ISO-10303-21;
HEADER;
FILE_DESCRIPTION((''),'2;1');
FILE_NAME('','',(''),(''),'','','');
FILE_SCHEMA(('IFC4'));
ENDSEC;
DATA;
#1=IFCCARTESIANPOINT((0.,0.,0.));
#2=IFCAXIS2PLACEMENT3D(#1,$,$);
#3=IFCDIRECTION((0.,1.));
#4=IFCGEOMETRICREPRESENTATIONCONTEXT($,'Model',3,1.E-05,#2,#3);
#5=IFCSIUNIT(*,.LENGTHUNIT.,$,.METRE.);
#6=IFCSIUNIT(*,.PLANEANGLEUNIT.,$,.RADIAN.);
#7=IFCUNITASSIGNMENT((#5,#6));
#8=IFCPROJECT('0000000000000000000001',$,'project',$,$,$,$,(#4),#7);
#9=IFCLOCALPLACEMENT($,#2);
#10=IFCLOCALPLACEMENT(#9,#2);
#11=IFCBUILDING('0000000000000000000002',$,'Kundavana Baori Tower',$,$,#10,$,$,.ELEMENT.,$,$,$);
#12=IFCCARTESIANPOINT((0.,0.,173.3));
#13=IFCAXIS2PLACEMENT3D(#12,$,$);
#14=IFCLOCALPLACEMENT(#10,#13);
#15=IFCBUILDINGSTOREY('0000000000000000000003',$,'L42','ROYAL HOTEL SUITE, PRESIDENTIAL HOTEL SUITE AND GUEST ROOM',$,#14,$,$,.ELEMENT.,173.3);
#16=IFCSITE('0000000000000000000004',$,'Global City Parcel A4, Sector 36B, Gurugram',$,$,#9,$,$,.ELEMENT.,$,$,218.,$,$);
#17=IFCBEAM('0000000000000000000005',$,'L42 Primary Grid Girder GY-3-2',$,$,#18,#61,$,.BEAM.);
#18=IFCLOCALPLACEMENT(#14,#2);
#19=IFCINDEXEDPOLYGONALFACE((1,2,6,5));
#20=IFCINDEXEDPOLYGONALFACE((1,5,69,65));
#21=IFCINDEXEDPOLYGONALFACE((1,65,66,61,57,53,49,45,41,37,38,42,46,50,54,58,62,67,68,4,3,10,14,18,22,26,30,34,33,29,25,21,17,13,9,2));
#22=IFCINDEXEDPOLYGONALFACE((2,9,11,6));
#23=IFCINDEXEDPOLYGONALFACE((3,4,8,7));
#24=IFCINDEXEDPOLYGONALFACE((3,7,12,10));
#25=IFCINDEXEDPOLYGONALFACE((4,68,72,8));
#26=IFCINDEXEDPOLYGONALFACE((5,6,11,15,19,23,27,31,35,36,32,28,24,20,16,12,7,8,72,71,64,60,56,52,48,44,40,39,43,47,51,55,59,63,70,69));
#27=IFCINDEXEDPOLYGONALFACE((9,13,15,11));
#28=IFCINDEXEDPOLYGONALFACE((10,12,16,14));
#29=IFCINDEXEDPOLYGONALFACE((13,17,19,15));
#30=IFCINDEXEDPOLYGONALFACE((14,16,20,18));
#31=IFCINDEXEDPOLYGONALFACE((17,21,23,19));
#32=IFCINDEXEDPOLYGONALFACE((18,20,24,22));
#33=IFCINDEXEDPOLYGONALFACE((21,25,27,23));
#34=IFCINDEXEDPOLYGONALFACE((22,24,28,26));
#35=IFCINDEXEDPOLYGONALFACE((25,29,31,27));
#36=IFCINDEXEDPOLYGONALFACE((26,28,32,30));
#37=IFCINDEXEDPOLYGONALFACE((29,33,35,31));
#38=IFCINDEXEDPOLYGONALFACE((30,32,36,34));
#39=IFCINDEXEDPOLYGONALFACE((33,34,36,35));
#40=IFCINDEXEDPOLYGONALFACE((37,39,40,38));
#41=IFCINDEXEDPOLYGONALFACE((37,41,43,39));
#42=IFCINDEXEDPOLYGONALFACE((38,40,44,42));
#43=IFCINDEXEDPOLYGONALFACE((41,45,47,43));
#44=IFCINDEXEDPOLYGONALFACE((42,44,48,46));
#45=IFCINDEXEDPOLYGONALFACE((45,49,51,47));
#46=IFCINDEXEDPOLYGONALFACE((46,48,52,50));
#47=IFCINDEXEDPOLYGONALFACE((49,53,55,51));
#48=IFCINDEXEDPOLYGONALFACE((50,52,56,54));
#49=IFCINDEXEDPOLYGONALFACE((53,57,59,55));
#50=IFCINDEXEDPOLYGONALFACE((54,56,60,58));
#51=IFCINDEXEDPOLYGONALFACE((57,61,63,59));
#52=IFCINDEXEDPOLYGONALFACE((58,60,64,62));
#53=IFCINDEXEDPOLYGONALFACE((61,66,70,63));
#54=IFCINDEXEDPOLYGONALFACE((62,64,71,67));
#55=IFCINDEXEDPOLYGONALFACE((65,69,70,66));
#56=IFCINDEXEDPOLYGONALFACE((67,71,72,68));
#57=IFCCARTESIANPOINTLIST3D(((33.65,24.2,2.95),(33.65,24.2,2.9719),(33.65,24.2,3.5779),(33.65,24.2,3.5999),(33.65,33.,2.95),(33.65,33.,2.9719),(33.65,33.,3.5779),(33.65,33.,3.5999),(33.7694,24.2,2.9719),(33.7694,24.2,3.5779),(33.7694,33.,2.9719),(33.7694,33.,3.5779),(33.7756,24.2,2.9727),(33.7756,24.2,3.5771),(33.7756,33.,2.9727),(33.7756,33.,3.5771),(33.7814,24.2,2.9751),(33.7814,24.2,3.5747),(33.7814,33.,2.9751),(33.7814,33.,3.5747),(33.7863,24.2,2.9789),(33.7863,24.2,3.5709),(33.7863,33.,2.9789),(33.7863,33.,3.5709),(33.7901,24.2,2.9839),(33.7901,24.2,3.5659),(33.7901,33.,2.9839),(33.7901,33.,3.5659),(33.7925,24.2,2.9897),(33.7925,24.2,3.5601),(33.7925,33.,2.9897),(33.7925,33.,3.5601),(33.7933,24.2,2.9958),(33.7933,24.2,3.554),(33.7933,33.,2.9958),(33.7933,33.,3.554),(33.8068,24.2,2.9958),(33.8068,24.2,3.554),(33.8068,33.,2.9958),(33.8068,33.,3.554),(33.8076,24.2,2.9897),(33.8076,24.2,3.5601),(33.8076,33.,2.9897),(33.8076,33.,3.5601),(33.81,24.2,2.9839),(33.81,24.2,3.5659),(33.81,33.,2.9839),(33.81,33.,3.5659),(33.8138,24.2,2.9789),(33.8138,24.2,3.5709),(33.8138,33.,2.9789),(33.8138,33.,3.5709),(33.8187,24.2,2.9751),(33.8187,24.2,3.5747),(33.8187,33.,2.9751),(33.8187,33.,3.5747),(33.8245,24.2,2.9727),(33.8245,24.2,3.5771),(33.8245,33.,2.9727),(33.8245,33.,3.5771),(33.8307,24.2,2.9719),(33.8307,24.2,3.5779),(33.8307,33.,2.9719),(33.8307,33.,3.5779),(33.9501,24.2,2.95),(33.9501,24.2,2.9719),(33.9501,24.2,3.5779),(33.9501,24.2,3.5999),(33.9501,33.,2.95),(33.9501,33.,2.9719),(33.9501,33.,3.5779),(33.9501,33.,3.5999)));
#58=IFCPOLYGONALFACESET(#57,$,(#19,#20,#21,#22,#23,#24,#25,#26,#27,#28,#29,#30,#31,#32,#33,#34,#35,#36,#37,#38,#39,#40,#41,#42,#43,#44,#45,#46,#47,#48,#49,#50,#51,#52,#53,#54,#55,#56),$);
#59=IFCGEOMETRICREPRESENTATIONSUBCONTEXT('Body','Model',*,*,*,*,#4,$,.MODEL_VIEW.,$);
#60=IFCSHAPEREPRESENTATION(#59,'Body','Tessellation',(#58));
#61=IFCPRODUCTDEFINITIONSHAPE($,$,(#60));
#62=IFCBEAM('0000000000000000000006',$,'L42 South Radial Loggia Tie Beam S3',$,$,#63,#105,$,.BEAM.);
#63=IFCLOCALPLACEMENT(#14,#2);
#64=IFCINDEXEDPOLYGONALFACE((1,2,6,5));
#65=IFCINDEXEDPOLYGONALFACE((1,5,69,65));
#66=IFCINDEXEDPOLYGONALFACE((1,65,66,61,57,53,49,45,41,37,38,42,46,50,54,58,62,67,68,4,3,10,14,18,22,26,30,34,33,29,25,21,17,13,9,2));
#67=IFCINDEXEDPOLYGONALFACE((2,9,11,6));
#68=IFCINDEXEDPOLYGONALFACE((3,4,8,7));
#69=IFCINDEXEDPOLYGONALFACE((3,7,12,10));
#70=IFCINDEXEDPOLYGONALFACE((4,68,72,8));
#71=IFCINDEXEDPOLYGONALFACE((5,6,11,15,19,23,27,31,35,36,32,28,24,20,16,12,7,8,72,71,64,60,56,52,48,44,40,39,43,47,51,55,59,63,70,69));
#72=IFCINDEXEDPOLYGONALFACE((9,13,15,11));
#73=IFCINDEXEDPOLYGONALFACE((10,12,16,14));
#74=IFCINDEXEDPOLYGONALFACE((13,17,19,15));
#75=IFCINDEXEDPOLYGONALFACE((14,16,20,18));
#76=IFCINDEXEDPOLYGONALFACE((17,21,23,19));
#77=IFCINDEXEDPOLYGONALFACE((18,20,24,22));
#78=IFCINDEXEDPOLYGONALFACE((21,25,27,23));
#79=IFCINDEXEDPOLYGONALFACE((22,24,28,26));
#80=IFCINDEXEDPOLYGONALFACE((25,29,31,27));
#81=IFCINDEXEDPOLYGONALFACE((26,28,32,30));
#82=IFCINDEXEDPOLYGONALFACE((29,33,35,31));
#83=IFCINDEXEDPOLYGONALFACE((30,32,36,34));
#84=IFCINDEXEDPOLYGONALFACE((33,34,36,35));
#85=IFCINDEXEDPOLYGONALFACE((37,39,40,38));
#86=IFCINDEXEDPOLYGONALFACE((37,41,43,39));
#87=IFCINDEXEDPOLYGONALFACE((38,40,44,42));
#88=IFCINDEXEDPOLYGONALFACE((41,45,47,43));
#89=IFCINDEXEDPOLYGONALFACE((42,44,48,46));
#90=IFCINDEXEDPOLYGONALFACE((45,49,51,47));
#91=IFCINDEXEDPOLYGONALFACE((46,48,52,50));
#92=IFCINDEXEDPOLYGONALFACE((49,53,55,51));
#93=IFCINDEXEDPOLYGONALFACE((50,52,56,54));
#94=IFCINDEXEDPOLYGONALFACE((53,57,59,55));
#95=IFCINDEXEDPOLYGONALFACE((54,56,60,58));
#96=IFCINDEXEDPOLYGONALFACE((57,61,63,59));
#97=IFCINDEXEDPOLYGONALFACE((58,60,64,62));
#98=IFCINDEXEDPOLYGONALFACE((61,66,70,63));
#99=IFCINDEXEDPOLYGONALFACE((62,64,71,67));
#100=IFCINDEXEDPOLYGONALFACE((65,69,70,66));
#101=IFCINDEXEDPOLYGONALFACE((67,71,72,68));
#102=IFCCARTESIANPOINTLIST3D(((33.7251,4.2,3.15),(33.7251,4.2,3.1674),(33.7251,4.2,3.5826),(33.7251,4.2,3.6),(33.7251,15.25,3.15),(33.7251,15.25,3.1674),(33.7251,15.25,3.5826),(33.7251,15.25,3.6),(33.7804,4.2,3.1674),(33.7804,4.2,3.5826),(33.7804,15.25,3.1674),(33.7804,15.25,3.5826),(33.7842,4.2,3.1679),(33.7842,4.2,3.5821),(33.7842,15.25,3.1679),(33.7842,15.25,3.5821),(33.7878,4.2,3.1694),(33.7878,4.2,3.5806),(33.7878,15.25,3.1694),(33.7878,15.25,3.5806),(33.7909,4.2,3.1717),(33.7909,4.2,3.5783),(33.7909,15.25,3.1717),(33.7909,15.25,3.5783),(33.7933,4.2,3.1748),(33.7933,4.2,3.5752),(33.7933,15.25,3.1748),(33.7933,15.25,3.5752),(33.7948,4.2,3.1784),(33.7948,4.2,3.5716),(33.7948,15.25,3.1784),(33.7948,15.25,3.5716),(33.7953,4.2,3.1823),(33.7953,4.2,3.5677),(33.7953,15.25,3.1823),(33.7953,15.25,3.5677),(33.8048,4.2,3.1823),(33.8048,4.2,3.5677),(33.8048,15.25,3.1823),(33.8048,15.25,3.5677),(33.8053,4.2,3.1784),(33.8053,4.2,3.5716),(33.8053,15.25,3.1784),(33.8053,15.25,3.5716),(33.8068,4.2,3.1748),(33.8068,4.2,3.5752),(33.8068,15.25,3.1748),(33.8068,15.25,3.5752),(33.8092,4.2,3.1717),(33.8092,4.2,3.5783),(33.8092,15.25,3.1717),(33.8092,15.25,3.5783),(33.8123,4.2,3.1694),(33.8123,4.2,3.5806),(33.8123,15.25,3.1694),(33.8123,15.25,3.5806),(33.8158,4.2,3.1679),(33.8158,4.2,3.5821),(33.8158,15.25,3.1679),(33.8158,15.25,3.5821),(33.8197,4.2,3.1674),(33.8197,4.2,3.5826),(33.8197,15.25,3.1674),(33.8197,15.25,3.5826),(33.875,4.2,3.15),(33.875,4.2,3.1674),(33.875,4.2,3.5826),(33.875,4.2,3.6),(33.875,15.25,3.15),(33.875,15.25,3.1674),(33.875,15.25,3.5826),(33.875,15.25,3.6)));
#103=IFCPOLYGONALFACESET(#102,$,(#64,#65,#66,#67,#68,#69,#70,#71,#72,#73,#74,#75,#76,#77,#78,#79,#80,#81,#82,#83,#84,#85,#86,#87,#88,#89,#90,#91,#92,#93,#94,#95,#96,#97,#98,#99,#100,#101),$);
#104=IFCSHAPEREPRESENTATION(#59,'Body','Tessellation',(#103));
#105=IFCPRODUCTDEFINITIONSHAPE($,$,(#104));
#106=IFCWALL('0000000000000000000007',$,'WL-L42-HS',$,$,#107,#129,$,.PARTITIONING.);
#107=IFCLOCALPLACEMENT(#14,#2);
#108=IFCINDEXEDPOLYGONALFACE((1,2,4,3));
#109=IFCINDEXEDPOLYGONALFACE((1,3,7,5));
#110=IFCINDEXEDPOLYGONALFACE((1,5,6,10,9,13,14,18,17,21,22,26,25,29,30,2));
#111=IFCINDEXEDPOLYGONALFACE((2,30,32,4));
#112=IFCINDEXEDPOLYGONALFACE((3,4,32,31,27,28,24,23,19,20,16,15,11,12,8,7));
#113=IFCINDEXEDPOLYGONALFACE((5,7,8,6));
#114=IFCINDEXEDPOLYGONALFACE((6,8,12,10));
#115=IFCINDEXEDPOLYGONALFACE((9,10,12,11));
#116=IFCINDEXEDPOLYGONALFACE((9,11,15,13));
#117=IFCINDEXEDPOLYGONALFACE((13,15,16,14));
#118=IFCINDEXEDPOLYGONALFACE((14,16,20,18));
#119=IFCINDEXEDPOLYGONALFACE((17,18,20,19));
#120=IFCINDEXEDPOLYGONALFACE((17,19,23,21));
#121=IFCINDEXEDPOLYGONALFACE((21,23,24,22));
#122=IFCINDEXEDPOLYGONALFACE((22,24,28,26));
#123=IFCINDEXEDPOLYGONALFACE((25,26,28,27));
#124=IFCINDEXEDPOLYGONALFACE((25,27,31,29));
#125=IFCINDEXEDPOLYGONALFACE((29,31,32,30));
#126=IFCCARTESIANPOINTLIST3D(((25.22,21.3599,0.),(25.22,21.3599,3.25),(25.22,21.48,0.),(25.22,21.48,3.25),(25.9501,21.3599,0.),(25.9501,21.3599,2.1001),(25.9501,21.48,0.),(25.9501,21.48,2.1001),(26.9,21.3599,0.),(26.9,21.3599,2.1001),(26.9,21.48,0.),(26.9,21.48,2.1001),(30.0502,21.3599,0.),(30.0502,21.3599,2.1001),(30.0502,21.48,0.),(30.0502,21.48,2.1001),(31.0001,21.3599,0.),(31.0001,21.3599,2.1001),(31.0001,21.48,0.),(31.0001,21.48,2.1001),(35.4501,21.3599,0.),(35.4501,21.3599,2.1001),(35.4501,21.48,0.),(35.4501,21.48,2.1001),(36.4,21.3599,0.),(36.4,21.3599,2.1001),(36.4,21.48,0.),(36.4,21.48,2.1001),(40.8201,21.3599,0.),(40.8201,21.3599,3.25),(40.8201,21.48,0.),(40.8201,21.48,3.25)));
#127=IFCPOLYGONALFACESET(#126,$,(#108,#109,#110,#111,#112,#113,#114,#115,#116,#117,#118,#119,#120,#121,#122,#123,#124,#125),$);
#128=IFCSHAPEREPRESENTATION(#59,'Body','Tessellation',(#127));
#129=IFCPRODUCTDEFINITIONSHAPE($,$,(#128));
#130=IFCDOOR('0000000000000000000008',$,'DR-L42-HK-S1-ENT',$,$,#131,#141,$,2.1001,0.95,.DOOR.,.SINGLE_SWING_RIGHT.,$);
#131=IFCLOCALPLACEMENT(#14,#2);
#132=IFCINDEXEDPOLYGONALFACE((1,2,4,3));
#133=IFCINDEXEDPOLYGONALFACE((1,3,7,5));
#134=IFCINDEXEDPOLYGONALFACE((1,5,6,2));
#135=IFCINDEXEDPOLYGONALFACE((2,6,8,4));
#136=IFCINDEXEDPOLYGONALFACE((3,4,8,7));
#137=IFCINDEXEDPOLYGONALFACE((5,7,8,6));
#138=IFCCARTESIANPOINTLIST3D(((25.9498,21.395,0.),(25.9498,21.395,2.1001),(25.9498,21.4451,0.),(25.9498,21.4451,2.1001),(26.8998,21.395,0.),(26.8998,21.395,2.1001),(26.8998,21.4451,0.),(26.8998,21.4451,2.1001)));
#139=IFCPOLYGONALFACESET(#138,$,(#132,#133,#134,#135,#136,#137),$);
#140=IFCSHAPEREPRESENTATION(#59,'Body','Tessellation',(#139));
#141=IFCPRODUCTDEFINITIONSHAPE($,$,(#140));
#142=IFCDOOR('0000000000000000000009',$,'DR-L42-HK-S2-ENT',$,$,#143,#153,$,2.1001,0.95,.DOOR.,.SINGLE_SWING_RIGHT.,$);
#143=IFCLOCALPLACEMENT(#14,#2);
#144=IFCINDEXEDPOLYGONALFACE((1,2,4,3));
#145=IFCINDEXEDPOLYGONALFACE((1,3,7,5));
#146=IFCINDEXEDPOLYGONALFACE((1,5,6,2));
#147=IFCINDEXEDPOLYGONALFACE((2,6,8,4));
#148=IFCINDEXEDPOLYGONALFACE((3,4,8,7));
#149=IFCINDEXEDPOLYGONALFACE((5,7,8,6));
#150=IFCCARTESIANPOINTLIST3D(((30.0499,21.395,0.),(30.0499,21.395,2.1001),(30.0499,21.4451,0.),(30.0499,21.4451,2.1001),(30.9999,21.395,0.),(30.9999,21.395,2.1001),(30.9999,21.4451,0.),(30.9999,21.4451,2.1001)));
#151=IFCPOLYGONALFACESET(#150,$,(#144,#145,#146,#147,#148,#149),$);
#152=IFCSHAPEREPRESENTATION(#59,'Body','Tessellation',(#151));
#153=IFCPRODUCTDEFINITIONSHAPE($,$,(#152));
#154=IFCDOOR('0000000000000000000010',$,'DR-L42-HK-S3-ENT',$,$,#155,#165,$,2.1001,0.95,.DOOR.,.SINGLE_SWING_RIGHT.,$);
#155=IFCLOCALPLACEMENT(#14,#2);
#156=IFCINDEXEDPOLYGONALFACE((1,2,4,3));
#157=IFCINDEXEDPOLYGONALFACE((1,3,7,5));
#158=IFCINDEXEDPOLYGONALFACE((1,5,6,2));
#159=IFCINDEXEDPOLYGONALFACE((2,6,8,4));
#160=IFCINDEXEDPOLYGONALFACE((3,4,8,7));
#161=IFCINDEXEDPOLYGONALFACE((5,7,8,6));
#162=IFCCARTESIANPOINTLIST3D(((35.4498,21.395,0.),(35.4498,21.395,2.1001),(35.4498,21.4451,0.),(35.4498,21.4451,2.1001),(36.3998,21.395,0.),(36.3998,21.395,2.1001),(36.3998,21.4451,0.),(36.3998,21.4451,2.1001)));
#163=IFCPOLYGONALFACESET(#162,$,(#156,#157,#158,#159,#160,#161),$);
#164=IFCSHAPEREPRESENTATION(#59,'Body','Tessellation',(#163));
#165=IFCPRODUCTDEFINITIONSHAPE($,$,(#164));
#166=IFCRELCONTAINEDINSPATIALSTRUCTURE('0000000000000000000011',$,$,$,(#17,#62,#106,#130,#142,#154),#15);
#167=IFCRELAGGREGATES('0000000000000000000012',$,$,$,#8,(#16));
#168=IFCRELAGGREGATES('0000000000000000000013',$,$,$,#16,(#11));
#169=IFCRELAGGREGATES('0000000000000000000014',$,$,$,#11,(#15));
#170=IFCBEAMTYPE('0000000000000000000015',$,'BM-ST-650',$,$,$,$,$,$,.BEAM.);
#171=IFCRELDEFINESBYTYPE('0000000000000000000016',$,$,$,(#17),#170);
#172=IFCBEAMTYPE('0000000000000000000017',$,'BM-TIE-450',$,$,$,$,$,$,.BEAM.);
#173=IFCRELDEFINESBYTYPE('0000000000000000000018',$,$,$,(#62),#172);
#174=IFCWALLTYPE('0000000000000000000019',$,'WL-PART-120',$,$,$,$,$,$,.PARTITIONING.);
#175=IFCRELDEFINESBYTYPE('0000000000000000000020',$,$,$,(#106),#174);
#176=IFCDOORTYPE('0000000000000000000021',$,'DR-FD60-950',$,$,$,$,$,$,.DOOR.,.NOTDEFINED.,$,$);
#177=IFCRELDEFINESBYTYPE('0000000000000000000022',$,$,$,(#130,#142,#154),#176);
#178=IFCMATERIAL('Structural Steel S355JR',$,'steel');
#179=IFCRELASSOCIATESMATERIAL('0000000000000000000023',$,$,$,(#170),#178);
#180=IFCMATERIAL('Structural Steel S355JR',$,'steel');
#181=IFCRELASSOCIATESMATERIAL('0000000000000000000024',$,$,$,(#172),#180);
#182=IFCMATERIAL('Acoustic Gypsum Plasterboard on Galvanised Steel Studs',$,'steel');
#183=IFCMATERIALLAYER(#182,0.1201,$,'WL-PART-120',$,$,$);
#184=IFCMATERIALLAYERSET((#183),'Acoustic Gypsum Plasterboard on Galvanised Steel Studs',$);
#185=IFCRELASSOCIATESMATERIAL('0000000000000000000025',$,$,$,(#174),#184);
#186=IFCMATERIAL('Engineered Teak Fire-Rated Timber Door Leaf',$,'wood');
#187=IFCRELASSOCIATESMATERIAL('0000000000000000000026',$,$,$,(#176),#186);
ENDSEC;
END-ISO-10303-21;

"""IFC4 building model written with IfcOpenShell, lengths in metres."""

from ifc_helpers import new_model, si_unit, direction, frame, frame_2d, origin, origin_2d, place, context, subcontext, project, spatial, rectangle, i_section, extrude, material, layer, layer_set, material_profile, profile_set, type_object, element, fill, save


model = new_model("IFC4")

# Units and contexts
model_context = context("Model", 3, precision=1e-05, world=origin(), true_north=direction((0.0, 1.0)))
body_context = subcontext(model_context, "Body", "Model", "MODEL_VIEW")
ifc_project = project(units=[si_unit("LENGTHUNIT", "METRE"), si_unit("PLANEANGLEUNIT", "RADIAN")], contexts=[model_context])

# Site, building, storey
site_placement = place(None, origin())
site = spatial("IfcSite", under=ifc_project, at=site_placement, Name="Global City Parcel A4, Sector 36B, Gurugram", CompositionType="ELEMENT", RefElevation=218.0)
building_placement = place(site_placement, origin())
building = spatial("IfcBuilding", under=site, at=building_placement, Name="Kundavana Baori Tower", CompositionType="ELEMENT")
storey_placement = place(building_placement, frame((0.0, 0.0, 173.3)))
storey = spatial("IfcBuildingStorey", under=building, at=storey_placement, Name="L42", Description="ROYAL HOTEL SUITE, PRESIDENTIAL HOTEL SUITE AND GUEST ROOM", CompositionType="ELEMENT", Elevation=173.3)

# Beams
ifc_material_1 = material(Name="Structural Steel S355JR", Category="steel")
ifc_material_profile_1 = material_profile(ifc_material_1, i_section(OverallWidth=0.3, OverallDepth=0.6499, WebThickness=0.0134, FlangeThickness=0.022, FilletRadius=0.0239, at=origin_2d()), Name="NPB 650x300x155")
ifc_profile_set_1 = profile_set([ifc_material_profile_1], Name="Structural Steel S355JR")
beam_type_1 = type_object("IfcBeamType", Name="BM-ST-650", PredefinedType="BEAM", material=ifc_profile_set_1)
beam_1_placement = place(storey_placement, frame((33.8, 24.2, 3.2749), z_axis=(0.0, 1.0, 0.0), x_axis=(-1.0, 0.0, 0.0)))
element("IfcBeam", 1, at=beam_1_placement, inside=storey, type_object=beam_type_1, Name="L42 Primary Grid Girder GY-3-2", PredefinedType="BEAM", context=body_context, shape_type="SweptSolid", body=[
    extrude(i_section(OverallWidth=0.3, OverallDepth=0.6499, WebThickness=0.0134, FlangeThickness=0.022, FilletRadius=0.0239, at=origin_2d()), origin(), (0.0, 0.0, 1.0), 8.8),
])
ifc_material_2 = material(Name="Structural Steel S355JR", Category="steel")
ifc_material_profile_2 = material_profile(ifc_material_2, i_section(OverallWidth=0.1499, OverallDepth=0.45, WebThickness=0.0095, FlangeThickness=0.0173, FilletRadius=0.0149, at=origin_2d()), Name="ISMB 450")
ifc_profile_set_2 = profile_set([ifc_material_profile_2], Name="Structural Steel S355JR")
beam_type_2 = type_object("IfcBeamType", Name="BM-TIE-450", PredefinedType="BEAM", material=ifc_profile_set_2)
beam_2_placement = place(storey_placement, frame((33.8, 15.25, 3.375), z_axis=(0.0, -1.0, 0.0), x_axis=(1.0, 0.0, 0.0)))
element("IfcBeam", 2, at=beam_2_placement, inside=storey, type_object=beam_type_2, Name="L42 South Radial Loggia Tie Beam S3", PredefinedType="BEAM", context=body_context, shape_type="SweptSolid", body=[
    extrude(i_section(OverallWidth=0.1499, OverallDepth=0.45, WebThickness=0.0095, FlangeThickness=0.0173, FilletRadius=0.0149, at=origin_2d()), origin(), (0.0, 0.0, 1.0), 11.05),
])

# Wall, openings, doors
ifc_material_3 = material(Name="Acoustic Gypsum Plasterboard on Galvanised Steel Studs", Category="steel")
ifc_layer = layer(ifc_material_3, 0.1201, Name="WL-PART-120")
ifc_layer_set = layer_set([ifc_layer], Name="Acoustic Gypsum Plasterboard on Galvanised Steel Studs")
wall_type = type_object("IfcWallType", Name="WL-PART-120", PredefinedType="PARTITIONING", material=ifc_layer_set)
wall_1_placement = place(storey_placement, frame((25.22, 21.4199, 0.0), z_axis=(0.0, 0.0, 1.0), x_axis=(1.0, 0.0, 0.0)))
wall_1 = element("IfcWall", 3, at=wall_1_placement, inside=storey, type_object=wall_type, Name="WL-L42-HS", PredefinedType="PARTITIONING", context=body_context, shape_type="SweptSolid", body=[
    extrude(rectangle(XDim=15.6001, YDim=0.1201, at=frame_2d((7.8, 0.0))), origin(), (0.0, 0.0, 1.0), 3.25),
])
opening_1_placement = place(wall_1_placement, frame((0.73, 0.0, 0.0)))
opening_1 = element("IfcOpeningElement", 4, at=opening_1_placement, cuts=wall_1, PredefinedType="OPENING", context=body_context, shape_type="SweptSolid", body=[
    extrude(rectangle(XDim=0.95, YDim=2.1001, at=frame_2d((0.4751, 1.05))), frame((0.0, 0.0701, 0.0), z_axis=(0.0, -1.0, 0.0), x_axis=(1.0, 0.0, 0.0)), (0.0, 0.0, 1.0), 0.1401),
])
opening_2_placement = place(wall_1_placement, frame((4.8301, 0.0, 0.0)))
opening_2 = element("IfcOpeningElement", 5, at=opening_2_placement, cuts=wall_1, PredefinedType="OPENING", context=body_context, shape_type="SweptSolid", body=[
    extrude(rectangle(XDim=0.95, YDim=2.1001, at=frame_2d((0.4751, 1.05))), frame((0.0, 0.0701, 0.0), z_axis=(0.0, -1.0, 0.0), x_axis=(1.0, 0.0, 0.0)), (0.0, 0.0, 1.0), 0.1401),
])
opening_3_placement = place(wall_1_placement, frame((10.23, 0.0, 0.0)))
opening_3 = element("IfcOpeningElement", 6, at=opening_3_placement, cuts=wall_1, PredefinedType="OPENING", context=body_context, shape_type="SweptSolid", body=[
    extrude(rectangle(XDim=0.95, YDim=2.1001, at=frame_2d((0.4751, 1.05))), frame((0.0, 0.0701, 0.0), z_axis=(0.0, -1.0, 0.0), x_axis=(1.0, 0.0, 0.0)), (0.0, 0.0, 1.0), 0.1401),
])
ifc_material_4 = material(Name="Engineered Teak Fire-Rated Timber Door Leaf", Category="wood")
door_type_1 = type_object("IfcDoorType", Name="DR-FD60-950", OperationType="NOTDEFINED", PredefinedType="DOOR", material=ifc_material_4)
door_1_placement = place(opening_1_placement, frame((0.95, 0.0, 0.0), z_axis=(0.0, 0.0, 1.0), x_axis=(-1.0, 0.0, 0.0)))
door_1 = element("IfcDoor", 7, at=door_1_placement, inside=storey, type_object=door_type_1, Name="DR-L42-HK-S1-ENT", OperationType="SINGLE_SWING_RIGHT", OverallHeight=2.1001, OverallWidth=0.95, PredefinedType="DOOR", context=body_context, shape_type="SweptSolid", body=[
    extrude(rectangle(XDim=0.95, YDim=2.1001, at=frame_2d((0.4751, 1.05))), frame((0.0, 0.0249, 0.0), z_axis=(0.0, -1.0, 0.0), x_axis=(1.0, 0.0, 0.0)), (0.0, 0.0, 1.0), 0.05),
])
fill(opening_1, door_1)
door_2_placement = place(opening_2_placement, frame((0.95, 0.0, 0.0), z_axis=(0.0, 0.0, 1.0), x_axis=(-1.0, 0.0, 0.0)))
door_2 = element("IfcDoor", 8, at=door_2_placement, inside=storey, type_object=door_type_1, Name="DR-L42-HK-S2-ENT", OperationType="SINGLE_SWING_RIGHT", OverallHeight=2.1001, OverallWidth=0.95, PredefinedType="DOOR", context=body_context, shape_type="SweptSolid", body=[
    extrude(rectangle(XDim=0.95, YDim=2.1001, at=frame_2d((0.4751, 1.05))), frame((0.0, 0.0249, 0.0), z_axis=(0.0, -1.0, 0.0), x_axis=(1.0, 0.0, 0.0)), (0.0, 0.0, 1.0), 0.05),
])
fill(opening_2, door_2)
door_3_placement = place(opening_3_placement, frame((0.95, 0.0, 0.0), z_axis=(0.0, 0.0, 1.0), x_axis=(-1.0, 0.0, 0.0)))
door_3 = element("IfcDoor", 9, at=door_3_placement, inside=storey, type_object=door_type_1, Name="DR-L42-HK-S3-ENT", OperationType="SINGLE_SWING_RIGHT", OverallHeight=2.1001, OverallWidth=0.95, PredefinedType="DOOR", context=body_context, shape_type="SweptSolid", body=[
    extrude(rectangle(XDim=0.95, YDim=2.1001, at=frame_2d((0.4751, 1.05))), frame((0.0, 0.0249, 0.0), z_axis=(0.0, -1.0, 0.0), x_axis=(1.0, 0.0, 0.0)), (0.0, 0.0, 1.0), 0.05),
])
fill(opening_3, door_3)

save(model, "model.ifc")
